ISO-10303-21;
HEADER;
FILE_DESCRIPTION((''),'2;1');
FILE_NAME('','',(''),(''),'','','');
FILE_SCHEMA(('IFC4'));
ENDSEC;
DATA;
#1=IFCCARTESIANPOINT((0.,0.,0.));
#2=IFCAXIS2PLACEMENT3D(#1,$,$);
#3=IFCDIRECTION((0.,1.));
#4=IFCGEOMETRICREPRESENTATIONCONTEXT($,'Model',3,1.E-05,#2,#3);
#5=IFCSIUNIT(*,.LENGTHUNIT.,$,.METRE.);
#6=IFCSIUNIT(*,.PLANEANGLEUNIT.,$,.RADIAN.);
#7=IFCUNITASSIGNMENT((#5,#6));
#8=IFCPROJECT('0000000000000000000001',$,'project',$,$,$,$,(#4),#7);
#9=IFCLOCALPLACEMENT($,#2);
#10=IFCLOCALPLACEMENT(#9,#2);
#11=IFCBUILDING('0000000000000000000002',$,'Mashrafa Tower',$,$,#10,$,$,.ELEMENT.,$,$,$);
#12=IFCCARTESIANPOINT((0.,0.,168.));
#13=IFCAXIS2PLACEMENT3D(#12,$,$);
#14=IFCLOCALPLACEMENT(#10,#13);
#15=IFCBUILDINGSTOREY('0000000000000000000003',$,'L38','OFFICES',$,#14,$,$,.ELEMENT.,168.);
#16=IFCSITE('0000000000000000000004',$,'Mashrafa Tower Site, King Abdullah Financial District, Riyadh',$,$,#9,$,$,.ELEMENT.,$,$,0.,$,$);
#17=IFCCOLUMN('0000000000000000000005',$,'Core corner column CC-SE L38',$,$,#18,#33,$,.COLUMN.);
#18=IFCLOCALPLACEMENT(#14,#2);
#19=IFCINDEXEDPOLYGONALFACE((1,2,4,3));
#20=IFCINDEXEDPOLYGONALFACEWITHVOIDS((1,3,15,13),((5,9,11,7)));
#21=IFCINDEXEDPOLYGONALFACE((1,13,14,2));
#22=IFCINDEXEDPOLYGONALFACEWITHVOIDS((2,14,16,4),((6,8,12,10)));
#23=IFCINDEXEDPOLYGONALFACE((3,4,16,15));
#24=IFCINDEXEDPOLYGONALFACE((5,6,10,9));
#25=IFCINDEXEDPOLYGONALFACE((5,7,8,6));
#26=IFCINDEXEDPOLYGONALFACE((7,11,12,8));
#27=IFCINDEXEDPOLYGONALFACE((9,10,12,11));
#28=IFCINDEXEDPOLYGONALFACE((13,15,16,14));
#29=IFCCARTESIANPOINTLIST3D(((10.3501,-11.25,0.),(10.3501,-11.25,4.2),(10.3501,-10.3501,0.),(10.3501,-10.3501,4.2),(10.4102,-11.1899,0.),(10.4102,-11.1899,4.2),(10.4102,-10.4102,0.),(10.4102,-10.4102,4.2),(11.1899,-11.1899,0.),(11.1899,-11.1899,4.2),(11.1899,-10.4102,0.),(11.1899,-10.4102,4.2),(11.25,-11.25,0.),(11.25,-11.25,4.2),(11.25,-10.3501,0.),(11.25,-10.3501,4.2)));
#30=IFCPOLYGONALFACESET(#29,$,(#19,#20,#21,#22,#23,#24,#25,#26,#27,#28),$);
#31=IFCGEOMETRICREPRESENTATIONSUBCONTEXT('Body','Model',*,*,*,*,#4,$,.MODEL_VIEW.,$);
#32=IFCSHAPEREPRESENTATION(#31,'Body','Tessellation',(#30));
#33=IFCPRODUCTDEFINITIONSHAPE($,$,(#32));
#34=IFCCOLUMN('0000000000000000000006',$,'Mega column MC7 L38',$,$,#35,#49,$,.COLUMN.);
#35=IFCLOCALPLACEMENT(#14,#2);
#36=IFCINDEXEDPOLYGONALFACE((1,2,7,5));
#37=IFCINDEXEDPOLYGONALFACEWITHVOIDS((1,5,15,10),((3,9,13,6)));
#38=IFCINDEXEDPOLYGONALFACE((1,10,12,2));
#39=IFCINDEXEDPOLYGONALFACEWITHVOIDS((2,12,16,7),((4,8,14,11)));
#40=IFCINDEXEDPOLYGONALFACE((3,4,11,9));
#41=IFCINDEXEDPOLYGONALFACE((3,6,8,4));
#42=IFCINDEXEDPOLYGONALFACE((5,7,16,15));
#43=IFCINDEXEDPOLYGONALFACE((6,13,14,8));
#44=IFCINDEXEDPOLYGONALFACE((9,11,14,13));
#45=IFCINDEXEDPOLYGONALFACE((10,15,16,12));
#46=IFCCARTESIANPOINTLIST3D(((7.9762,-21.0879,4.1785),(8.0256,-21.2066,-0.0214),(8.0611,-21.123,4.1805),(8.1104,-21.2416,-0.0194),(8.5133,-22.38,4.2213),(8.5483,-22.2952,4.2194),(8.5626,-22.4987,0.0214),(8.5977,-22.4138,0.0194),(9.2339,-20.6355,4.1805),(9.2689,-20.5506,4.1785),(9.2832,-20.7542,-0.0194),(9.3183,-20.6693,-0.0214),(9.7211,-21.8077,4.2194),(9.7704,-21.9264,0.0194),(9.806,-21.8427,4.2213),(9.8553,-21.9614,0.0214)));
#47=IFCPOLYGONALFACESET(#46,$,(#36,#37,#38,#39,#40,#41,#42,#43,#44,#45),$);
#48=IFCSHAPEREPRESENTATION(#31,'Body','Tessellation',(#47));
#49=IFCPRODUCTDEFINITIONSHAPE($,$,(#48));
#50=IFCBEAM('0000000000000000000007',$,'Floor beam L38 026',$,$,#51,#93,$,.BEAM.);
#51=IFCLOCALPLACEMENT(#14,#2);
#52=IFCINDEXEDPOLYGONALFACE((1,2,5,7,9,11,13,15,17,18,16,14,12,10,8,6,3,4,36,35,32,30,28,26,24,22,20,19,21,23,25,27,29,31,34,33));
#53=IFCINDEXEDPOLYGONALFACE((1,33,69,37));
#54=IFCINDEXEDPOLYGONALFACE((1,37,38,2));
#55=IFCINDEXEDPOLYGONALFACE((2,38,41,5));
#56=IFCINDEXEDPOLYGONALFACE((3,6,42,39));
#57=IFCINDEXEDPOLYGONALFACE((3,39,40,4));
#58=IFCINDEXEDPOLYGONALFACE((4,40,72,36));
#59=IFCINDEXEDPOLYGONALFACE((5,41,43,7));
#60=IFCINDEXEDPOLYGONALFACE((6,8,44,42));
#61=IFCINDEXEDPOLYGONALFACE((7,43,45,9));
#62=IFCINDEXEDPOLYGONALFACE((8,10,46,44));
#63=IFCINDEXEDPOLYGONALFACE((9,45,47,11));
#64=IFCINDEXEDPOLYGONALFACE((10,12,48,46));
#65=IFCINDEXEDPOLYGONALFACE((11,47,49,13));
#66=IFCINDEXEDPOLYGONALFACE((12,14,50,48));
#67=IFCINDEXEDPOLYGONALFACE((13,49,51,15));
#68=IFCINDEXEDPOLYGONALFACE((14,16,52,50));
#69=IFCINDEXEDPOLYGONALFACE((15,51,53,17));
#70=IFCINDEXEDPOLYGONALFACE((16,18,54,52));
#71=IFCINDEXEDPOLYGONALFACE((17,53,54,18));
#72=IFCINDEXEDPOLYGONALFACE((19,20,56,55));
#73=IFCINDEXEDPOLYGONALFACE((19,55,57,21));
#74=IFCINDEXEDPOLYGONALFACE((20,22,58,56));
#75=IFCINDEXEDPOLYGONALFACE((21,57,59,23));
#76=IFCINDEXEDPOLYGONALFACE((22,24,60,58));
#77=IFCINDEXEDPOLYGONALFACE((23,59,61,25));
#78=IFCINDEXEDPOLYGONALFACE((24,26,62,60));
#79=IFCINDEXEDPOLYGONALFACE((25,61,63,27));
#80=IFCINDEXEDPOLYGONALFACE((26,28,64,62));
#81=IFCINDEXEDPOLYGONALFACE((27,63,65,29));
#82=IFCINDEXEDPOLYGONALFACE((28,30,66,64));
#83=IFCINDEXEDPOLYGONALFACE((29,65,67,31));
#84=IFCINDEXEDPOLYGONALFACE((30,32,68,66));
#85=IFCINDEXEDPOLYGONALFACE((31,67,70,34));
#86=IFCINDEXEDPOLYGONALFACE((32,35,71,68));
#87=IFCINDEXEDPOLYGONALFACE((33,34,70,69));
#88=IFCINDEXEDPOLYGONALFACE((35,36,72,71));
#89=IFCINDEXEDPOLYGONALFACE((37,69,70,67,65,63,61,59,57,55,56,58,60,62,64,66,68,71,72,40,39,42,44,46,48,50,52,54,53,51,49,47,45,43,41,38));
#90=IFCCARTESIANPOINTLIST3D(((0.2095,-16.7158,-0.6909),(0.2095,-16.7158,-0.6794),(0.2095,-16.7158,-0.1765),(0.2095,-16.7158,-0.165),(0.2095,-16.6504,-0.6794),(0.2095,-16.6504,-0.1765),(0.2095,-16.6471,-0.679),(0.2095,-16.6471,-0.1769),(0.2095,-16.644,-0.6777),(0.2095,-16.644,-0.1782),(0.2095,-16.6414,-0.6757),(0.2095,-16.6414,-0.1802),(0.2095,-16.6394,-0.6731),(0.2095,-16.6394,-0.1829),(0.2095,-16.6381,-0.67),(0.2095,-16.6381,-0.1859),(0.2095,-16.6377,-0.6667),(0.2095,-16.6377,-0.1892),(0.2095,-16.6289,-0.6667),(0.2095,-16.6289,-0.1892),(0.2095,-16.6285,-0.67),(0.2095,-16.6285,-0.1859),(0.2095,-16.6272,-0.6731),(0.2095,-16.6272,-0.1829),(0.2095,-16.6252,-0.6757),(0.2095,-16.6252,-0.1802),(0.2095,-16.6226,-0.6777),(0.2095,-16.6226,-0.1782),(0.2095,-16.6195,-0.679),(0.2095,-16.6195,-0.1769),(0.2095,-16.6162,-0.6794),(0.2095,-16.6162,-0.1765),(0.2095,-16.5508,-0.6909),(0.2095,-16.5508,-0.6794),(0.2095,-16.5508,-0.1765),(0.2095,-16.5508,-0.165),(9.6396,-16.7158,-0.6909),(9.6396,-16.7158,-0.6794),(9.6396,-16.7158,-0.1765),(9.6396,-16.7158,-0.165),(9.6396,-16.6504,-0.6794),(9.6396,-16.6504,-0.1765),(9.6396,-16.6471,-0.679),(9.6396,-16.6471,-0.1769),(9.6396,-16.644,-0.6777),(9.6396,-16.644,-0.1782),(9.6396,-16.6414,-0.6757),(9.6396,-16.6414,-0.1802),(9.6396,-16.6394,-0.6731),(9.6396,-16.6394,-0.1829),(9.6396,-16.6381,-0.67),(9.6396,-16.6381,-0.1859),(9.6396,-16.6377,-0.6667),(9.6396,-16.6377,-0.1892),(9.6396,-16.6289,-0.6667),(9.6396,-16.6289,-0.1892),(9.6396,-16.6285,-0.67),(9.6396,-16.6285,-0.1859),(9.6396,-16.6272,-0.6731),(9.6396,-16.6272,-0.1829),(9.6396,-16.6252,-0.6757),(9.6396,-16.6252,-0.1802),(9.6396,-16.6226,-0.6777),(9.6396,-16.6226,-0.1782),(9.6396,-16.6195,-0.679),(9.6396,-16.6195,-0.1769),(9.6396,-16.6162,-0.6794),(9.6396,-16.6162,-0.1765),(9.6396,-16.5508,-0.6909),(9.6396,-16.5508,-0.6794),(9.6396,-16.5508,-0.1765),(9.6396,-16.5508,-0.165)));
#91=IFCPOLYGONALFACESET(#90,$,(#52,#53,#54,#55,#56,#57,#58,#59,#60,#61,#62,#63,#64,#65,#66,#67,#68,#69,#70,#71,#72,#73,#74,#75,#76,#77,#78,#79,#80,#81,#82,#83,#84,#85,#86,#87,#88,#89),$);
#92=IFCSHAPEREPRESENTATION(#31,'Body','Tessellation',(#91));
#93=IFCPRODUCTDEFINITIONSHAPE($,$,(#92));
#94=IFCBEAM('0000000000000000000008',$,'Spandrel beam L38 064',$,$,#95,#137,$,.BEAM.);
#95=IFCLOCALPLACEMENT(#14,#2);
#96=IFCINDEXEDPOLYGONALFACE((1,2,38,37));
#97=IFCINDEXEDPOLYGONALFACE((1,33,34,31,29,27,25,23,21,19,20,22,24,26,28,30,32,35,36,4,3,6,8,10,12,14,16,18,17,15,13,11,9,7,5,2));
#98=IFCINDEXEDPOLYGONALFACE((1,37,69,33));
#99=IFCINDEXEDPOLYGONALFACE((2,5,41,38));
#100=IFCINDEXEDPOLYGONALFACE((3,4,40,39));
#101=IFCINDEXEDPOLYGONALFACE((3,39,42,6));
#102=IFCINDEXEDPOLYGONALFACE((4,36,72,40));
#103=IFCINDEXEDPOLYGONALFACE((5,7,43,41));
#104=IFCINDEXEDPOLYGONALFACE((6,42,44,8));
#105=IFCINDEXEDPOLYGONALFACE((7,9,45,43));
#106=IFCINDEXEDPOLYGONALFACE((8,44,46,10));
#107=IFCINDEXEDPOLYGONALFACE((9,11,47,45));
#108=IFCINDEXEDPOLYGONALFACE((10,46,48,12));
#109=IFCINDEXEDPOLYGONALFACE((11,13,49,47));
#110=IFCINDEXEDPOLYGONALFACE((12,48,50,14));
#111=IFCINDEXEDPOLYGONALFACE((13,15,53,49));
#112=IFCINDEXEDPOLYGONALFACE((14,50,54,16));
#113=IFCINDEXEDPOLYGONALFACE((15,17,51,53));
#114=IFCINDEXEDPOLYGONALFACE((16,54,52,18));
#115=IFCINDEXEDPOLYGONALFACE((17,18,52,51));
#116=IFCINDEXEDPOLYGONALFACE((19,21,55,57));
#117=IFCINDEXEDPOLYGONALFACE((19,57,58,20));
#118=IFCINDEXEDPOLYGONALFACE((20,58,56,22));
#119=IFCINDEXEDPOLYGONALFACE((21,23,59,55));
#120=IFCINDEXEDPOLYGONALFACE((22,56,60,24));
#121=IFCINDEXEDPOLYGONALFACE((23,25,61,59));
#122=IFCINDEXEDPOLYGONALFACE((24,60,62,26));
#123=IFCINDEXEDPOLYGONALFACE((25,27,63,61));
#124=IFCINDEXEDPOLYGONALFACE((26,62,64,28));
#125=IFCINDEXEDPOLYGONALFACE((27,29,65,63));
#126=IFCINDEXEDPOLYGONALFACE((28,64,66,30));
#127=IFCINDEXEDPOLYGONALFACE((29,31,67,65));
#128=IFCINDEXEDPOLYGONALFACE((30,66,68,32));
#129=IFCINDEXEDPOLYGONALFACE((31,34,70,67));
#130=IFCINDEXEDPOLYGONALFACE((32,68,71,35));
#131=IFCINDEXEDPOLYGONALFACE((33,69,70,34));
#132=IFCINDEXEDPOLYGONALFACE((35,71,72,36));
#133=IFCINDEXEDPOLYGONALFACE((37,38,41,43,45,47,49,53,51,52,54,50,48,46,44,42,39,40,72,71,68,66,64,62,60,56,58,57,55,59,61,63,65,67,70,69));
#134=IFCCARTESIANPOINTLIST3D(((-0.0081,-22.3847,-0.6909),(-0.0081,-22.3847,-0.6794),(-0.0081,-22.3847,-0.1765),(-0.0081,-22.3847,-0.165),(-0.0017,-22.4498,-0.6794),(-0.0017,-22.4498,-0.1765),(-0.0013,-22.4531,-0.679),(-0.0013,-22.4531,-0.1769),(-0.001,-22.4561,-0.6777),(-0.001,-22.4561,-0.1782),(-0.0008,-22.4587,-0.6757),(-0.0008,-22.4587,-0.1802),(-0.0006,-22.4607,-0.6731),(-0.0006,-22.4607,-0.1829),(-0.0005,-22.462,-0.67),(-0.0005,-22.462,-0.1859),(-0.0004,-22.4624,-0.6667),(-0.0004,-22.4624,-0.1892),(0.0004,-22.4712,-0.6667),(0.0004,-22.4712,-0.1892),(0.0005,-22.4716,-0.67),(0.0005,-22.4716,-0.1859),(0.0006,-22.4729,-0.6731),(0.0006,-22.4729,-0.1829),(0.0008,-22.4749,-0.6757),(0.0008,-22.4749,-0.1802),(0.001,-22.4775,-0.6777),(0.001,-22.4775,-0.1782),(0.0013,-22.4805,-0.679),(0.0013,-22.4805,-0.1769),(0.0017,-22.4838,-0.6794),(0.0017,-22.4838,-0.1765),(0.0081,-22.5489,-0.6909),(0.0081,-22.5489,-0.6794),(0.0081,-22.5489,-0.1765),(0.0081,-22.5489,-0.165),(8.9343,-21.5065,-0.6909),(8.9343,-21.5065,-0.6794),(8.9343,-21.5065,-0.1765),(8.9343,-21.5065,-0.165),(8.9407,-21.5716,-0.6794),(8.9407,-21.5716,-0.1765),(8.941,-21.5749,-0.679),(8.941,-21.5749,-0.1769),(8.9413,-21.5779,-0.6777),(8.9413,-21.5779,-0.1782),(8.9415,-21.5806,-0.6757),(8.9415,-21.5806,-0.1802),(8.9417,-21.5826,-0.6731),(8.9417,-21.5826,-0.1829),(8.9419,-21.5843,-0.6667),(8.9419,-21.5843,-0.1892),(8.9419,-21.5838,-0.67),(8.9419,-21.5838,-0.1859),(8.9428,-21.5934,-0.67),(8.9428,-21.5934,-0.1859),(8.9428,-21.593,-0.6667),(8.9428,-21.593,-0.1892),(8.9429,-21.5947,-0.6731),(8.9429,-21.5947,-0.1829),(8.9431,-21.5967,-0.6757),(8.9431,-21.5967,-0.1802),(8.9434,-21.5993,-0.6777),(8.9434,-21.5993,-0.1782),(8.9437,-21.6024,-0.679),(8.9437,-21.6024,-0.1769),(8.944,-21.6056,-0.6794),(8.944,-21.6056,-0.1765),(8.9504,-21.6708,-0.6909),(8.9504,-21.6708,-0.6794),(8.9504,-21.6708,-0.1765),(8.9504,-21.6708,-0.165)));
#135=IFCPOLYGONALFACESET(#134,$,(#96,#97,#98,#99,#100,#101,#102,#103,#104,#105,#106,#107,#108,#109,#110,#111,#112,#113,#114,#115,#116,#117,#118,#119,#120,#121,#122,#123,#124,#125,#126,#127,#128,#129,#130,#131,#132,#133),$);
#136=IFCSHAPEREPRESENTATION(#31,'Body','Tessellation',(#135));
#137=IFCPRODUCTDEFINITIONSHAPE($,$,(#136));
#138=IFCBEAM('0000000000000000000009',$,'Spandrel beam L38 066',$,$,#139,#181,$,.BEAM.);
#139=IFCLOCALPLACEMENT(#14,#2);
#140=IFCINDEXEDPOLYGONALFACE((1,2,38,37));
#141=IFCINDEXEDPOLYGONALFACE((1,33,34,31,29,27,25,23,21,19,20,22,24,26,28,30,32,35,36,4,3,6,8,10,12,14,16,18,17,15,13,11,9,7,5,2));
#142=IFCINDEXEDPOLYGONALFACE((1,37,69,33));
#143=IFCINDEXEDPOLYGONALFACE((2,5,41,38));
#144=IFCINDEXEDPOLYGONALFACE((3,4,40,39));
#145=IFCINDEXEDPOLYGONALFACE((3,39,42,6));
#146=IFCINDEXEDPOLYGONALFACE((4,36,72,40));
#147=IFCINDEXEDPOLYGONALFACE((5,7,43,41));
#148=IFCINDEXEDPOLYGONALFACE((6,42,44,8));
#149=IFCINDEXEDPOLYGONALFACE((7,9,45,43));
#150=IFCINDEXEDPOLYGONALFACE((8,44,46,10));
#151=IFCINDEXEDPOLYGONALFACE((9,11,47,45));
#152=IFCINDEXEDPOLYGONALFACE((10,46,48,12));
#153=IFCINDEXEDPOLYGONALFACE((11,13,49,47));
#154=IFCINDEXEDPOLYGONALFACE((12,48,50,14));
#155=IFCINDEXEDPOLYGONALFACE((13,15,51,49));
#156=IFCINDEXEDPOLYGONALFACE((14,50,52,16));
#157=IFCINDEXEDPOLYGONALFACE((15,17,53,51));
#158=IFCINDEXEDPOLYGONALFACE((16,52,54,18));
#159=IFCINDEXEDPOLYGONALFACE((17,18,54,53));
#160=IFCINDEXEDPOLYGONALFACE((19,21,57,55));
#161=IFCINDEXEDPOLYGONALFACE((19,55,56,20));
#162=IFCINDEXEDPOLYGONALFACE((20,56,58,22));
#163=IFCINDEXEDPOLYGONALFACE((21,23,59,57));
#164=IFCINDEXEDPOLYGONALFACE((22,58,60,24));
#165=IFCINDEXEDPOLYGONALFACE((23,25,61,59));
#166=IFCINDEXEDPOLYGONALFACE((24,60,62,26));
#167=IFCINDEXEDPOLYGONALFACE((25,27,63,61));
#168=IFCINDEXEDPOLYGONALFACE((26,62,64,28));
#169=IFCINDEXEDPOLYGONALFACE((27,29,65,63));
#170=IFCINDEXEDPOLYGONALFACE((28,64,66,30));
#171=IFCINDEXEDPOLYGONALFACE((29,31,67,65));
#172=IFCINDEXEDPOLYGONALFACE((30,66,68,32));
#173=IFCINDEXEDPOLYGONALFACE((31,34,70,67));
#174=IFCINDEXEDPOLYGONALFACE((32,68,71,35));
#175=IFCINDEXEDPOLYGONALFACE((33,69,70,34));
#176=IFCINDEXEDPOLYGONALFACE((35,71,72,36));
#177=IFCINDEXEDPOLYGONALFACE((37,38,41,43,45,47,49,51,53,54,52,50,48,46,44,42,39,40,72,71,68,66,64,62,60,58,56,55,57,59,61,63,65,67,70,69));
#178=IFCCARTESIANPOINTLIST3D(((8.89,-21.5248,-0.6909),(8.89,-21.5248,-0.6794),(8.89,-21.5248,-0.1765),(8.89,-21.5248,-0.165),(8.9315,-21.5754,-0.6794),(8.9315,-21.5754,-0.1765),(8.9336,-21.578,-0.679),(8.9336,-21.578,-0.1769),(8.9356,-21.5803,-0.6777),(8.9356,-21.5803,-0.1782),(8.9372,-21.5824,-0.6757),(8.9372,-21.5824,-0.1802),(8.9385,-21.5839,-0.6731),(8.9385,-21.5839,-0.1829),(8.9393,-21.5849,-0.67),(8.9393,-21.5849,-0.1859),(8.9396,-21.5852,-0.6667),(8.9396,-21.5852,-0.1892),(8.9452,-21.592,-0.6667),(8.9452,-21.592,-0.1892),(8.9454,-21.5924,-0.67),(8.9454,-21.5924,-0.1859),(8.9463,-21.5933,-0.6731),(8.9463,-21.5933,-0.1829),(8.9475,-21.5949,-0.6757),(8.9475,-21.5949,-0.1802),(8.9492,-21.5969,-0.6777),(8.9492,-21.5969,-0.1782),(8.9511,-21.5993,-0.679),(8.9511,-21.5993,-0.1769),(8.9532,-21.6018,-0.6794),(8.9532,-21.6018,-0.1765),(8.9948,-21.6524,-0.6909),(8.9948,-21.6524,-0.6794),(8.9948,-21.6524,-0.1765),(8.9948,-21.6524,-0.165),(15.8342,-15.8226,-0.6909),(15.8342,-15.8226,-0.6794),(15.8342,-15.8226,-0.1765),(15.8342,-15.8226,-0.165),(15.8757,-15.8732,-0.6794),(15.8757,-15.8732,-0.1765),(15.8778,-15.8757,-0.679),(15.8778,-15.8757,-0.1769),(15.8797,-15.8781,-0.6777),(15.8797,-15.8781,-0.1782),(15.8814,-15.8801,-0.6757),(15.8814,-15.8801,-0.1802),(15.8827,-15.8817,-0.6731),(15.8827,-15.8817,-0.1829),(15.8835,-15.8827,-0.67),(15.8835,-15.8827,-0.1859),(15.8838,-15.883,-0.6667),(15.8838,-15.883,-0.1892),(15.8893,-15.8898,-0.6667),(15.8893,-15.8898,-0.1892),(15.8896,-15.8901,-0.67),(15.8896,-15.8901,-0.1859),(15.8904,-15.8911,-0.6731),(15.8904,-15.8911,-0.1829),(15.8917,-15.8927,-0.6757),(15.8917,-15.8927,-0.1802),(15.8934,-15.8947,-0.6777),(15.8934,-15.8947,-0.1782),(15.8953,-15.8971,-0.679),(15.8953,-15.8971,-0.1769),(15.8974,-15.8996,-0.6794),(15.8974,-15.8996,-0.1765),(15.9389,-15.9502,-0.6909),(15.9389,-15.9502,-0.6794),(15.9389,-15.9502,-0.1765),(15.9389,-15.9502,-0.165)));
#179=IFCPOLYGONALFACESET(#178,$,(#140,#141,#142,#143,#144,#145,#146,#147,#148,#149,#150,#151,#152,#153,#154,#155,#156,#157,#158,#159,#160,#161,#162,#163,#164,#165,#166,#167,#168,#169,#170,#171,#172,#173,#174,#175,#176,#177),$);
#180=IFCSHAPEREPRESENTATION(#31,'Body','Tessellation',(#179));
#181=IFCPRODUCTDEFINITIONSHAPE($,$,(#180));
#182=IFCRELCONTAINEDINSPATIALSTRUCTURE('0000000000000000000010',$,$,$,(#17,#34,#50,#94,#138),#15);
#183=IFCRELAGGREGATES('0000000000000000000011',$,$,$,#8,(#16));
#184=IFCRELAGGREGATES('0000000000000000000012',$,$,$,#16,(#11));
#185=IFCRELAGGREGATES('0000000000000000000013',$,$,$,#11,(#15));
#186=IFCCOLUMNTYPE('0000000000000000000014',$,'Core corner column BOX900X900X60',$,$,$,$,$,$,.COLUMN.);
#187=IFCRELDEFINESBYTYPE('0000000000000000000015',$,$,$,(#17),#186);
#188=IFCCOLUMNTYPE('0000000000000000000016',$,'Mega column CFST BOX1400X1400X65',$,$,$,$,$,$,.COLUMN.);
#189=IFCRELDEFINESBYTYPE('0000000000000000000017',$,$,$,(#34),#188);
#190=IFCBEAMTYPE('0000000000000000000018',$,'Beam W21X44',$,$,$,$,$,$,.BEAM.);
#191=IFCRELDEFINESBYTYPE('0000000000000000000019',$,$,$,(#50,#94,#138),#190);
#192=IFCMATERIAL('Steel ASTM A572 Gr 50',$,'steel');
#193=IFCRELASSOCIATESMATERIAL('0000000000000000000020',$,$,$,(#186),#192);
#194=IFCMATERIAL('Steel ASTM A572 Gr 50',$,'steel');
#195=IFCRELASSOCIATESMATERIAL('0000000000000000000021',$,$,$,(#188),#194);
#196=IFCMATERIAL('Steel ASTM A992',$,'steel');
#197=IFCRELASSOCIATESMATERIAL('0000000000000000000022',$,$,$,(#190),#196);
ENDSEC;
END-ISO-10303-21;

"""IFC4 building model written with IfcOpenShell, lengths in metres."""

from ifc_helpers import new_model, si_unit, direction, frame, origin, origin_2d, place, context, subcontext, project, spatial, hollow_rectangle, i_section, extrude, material, material_profile, profile_set, type_object, element, save


model = new_model("IFC4")

# Units and contexts
model_context = context("Model", 3, precision=1e-05, world=origin(), true_north=direction((0.0, 1.0)))
body_context = subcontext(model_context, "Body", "Model", "MODEL_VIEW")
ifc_project = project(units=[si_unit("LENGTHUNIT", "METRE"), si_unit("PLANEANGLEUNIT", "RADIAN")], contexts=[model_context])

# Site, building, storey
site_placement = place(None, origin())
site = spatial("IfcSite", under=ifc_project, at=site_placement, Name="Mashrafa Tower Site, King Abdullah Financial District, Riyadh", CompositionType="ELEMENT", RefElevation=0.0)
building_placement = place(site_placement, origin())
building = spatial("IfcBuilding", under=site, at=building_placement, Name="Mashrafa Tower", CompositionType="ELEMENT")
storey_placement = place(building_placement, frame((0.0, 0.0, 168.0)))
storey = spatial("IfcBuildingStorey", under=building, at=storey_placement, Name="L38", Description="OFFICES", CompositionType="ELEMENT", Elevation=168.0)

# Columns
ifc_material_1 = material(Name="Steel ASTM A572 Gr 50", Category="steel")
ifc_material_profile_1 = material_profile(ifc_material_1, hollow_rectangle(XDim=0.8999, YDim=0.8999, WallThickness=0.0601, at=origin_2d()), Name="BOX900X900X60")
ifc_profile_set_1 = profile_set([ifc_material_profile_1], Name="Steel ASTM A572 Gr 50")
column_type_1 = type_object("IfcColumnType", Name="Core corner column BOX900X900X60", PredefinedType="COLUMN", material=ifc_profile_set_1)
column_1_placement = place(storey_placement, frame((10.8, -10.8, 0.0), z_axis=(0.0, 0.0, 1.0), x_axis=(1.0, 0.0, 0.0)))
element("IfcColumn", 1, at=column_1_placement, inside=storey, type_object=column_type_1, Name="Core corner column CC-SE L38", PredefinedType="COLUMN", context=body_context, shape_type="SweptSolid", body=[
    extrude(hollow_rectangle(XDim=0.8999, YDim=0.8999, WallThickness=0.0601, at=origin_2d()), origin(), (0.0, 0.0, 1.0), 4.2),
])
ifc_material_2 = material(Name="Steel ASTM A572 Gr 50", Category="steel")
ifc_material_profile_2 = material_profile(ifc_material_2, hollow_rectangle(XDim=1.3999, YDim=1.3999, WallThickness=0.0649, at=origin_2d()), Name="BOX1400X1400X65")
ifc_profile_set_2 = profile_set([ifc_material_profile_2], Name="Steel ASTM A572 Gr 50")
column_type_2 = type_object("IfcColumnType", Name="Mega column CFST BOX1400X1400X65", PredefinedType="COLUMN", material=ifc_profile_set_2)
column_2_placement = place(storey_placement, frame((8.9404, -21.584, 0.0), z_axis=(-0.011737, 0.028238, 0.999532), x_axis=(-0.923414, -0.383806, 0.0)))
element("IfcColumn", 2, at=column_2_placement, inside=storey, type_object=column_type_2, Name="Mega column MC7 L38", PredefinedType="COLUMN", context=body_context, shape_type="SweptSolid", body=[
    extrude(hollow_rectangle(XDim=1.3999, YDim=1.3999, WallThickness=0.0649, at=origin_2d()), origin(), (0.0, 0.0, 1.0), 4.2019),
])

# Beams
ifc_material_3 = material(Name="Steel ASTM A992", Category="steel")
ifc_material_profile_3 = material_profile(ifc_material_3, i_section(OverallWidth=0.165, OverallDepth=0.5259, WebThickness=0.0088, FlangeThickness=0.0115, FilletRadius=0.0127, at=origin_2d()), Name="W21X44")
ifc_profile_set_3 = profile_set([ifc_material_profile_3], Name="Steel ASTM A992")
beam_type_1 = type_object("IfcBeamType", Name="Beam W21X44", PredefinedType="BEAM", material=ifc_profile_set_3)
beam_1_placement = place(storey_placement, frame((9.6396, -16.6333, -0.428), z_axis=(-1.0, 0.0, 0.0), x_axis=(0.0, -1.0, 0.0)))
element("IfcBeam", 3, at=beam_1_placement, inside=storey, type_object=beam_type_1, Name="Floor beam L38 026", PredefinedType="BEAM", context=body_context, shape_type="SweptSolid", body=[
    extrude(i_section(OverallWidth=0.165, OverallDepth=0.5259, WebThickness=0.0088, FlangeThickness=0.0115, FilletRadius=0.0127, at=origin_2d()), origin(), (0.0, 0.0, 1.0), 9.4302),
])
for number, where, z_axis, x_axis, name in (
    (4, (0.0, -22.4668, -0.428), (0.995213, 0.097733, 0.0), (-0.097733, 0.995213, 0.0), "Spandrel beam L38 064"),
    (5, (8.9424, -21.5886, -0.428), (0.772831, 0.634611, 0.0), (-0.634611, 0.772831, 0.0), "Spandrel beam L38 066"),
):
    element("IfcBeam", number, at=place(storey_placement, frame(where, z_axis=z_axis, x_axis=x_axis)), inside=storey, type_object=beam_type_1, Name=name, PredefinedType="BEAM", context=body_context, shape_type="SweptSolid", body=[
        extrude(i_section(OverallWidth=0.165, OverallDepth=0.5259, WebThickness=0.0088, FlangeThickness=0.0115, FilletRadius=0.0127, at=origin_2d()), origin(), (0.0, 0.0, 1.0), 8.9854),
    ])

save(model, "model.ifc")
